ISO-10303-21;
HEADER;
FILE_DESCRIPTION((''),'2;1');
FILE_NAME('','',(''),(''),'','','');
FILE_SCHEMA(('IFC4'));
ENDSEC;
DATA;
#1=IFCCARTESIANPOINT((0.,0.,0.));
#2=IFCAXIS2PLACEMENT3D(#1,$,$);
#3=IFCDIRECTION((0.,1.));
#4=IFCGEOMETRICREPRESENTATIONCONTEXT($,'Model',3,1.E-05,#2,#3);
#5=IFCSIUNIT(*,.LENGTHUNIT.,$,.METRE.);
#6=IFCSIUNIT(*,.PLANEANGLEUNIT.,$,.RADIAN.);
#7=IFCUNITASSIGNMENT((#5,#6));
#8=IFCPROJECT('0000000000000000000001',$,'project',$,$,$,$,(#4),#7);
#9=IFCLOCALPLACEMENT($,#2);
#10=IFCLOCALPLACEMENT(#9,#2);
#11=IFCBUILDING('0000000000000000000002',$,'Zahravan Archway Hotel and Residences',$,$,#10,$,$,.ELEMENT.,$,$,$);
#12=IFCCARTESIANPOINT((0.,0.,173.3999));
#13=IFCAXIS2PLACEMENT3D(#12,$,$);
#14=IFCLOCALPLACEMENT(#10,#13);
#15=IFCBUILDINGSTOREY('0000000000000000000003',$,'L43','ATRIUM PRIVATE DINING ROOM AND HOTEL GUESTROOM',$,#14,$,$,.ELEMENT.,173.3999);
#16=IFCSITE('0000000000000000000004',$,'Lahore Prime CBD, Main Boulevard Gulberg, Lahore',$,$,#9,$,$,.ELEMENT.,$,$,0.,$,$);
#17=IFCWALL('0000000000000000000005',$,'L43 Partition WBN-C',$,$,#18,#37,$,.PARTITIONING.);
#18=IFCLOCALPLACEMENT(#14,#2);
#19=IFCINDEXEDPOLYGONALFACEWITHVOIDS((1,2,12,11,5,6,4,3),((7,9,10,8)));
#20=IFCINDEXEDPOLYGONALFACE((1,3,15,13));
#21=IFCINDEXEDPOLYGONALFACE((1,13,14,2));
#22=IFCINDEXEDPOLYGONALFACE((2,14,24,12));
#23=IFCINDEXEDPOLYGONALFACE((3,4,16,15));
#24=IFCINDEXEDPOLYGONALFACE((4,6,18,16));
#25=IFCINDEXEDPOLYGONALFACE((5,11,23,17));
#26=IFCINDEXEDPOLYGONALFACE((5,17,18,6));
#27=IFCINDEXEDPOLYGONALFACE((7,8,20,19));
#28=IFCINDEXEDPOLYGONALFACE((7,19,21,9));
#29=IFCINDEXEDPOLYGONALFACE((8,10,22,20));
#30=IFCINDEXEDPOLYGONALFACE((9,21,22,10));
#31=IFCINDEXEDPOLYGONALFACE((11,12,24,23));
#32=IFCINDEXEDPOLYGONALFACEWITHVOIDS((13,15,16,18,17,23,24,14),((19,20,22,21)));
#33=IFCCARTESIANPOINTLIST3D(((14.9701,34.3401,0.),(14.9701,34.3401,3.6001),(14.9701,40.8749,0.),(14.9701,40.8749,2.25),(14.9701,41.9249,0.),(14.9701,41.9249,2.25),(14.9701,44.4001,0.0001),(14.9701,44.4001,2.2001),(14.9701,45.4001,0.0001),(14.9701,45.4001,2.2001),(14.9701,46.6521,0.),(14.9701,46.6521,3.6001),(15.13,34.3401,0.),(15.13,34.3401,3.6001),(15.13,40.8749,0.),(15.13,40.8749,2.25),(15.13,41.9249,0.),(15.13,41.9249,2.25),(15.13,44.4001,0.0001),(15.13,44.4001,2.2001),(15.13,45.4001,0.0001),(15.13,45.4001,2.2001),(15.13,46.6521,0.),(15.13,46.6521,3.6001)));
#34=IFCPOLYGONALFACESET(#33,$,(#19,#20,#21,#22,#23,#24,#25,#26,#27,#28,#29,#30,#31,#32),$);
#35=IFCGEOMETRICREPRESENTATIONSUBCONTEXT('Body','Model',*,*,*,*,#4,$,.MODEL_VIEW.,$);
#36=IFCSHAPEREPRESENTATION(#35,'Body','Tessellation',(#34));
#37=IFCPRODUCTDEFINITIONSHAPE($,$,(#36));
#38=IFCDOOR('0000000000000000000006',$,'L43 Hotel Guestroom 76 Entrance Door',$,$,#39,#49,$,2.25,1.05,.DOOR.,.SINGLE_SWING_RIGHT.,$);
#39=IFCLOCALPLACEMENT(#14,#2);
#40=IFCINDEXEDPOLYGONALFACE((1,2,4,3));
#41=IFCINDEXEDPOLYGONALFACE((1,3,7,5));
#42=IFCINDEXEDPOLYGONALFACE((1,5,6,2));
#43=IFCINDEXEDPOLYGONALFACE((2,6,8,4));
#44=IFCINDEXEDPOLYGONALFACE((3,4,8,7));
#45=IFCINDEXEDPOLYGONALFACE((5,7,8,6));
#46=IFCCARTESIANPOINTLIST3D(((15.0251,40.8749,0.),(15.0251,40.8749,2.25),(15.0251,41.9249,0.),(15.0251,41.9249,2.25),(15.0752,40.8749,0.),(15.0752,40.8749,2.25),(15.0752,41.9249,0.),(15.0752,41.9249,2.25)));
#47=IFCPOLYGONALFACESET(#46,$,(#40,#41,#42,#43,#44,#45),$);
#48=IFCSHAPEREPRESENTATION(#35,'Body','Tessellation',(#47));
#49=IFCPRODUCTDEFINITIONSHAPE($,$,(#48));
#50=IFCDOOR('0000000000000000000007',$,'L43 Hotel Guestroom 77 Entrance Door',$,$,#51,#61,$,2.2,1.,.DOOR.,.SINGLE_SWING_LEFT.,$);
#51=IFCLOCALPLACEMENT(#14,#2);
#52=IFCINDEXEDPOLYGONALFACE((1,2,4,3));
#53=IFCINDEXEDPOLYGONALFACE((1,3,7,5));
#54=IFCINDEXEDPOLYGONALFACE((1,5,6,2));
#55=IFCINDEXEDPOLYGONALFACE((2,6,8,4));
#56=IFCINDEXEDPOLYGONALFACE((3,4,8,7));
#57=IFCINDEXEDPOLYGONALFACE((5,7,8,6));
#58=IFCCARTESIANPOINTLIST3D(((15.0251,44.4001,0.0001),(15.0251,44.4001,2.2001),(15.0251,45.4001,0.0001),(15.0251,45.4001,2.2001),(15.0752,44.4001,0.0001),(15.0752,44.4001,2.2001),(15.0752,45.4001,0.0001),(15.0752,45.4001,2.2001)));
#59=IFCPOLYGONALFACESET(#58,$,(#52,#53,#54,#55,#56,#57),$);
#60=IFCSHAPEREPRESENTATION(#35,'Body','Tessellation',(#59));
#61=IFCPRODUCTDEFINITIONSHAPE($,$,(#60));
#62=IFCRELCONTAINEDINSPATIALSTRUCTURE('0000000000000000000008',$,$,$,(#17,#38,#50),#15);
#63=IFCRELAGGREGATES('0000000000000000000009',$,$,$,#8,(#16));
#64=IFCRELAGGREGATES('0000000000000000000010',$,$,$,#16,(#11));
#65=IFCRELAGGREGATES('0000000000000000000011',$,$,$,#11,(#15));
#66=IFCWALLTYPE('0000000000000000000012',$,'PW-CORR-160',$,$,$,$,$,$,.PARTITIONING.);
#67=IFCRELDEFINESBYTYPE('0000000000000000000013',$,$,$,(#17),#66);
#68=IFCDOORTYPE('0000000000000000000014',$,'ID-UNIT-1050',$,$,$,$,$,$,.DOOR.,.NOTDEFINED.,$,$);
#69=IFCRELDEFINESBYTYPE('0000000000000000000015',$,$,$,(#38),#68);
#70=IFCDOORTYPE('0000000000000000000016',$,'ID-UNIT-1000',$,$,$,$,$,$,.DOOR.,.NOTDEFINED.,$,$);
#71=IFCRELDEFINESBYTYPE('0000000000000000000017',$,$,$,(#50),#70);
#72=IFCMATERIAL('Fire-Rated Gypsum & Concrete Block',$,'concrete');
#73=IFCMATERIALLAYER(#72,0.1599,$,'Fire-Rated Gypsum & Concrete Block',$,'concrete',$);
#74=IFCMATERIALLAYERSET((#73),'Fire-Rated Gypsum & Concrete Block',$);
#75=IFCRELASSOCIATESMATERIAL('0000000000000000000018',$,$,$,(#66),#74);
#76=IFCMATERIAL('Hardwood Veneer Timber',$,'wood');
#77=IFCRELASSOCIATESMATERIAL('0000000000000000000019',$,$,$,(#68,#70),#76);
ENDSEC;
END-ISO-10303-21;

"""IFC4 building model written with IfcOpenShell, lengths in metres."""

from ifc_helpers import new_model, si_unit, direction, frame, frame_2d, origin, place, context, subcontext, project, spatial, rectangle, extrude, source, transform, mapped, material, layer, layer_set, type_object, type_shapes, element, fill, save


model = new_model("IFC4")

# Units and contexts
model_context = context("Model", 3, precision=1e-05, world=origin(), true_north=direction((0.0, 1.0)))
body_context = subcontext(model_context, "Body", "Model", "MODEL_VIEW")
ifc_project = project(units=[si_unit("LENGTHUNIT", "METRE"), si_unit("PLANEANGLEUNIT", "RADIAN")], contexts=[model_context])

# Site, building, storey
site_placement = place(None, origin())
site = spatial("IfcSite", under=ifc_project, at=site_placement, Name="Lahore Prime CBD, Main Boulevard Gulberg, Lahore", CompositionType="ELEMENT", RefElevation=0.0)
building_placement = place(site_placement, origin())
building = spatial("IfcBuilding", under=site, at=building_placement, Name="Zahravan Archway Hotel and Residences", CompositionType="ELEMENT")
storey_placement = place(building_placement, frame((0.0, 0.0, 173.3999)))
storey = spatial("IfcBuildingStorey", under=building, at=storey_placement, Name="L43", Description="ATRIUM PRIVATE DINING ROOM AND HOTEL GUESTROOM", CompositionType="ELEMENT", Elevation=173.3999)

# Wall, openings, doors
ifc_material_1 = material(Name="Fire-Rated Gypsum & Concrete Block", Category="concrete")
ifc_layer_1 = layer(ifc_material_1, 0.1599, Name="Fire-Rated Gypsum & Concrete Block", Category="concrete")
ifc_layer_set_1 = layer_set([ifc_layer_1], Name="Fire-Rated Gypsum & Concrete Block")
wall_type = type_object("IfcWallType", Name="PW-CORR-160", PredefinedType="PARTITIONING", material=ifc_layer_set_1)
wall_placement = place(storey_placement, frame((15.05, 34.3401, 0.0), z_axis=(0.0, 0.0, 1.0), x_axis=(0.0, 1.0, 0.0)))
wall = element("IfcWall", 1, at=wall_placement, inside=storey, type_object=wall_type, Name="L43 Partition WBN-C", PredefinedType="PARTITIONING", context=body_context, shape_type="SweptSolid", body=[
    extrude(rectangle(XDim=12.312, YDim=0.1599, at=frame_2d((6.156, 0.0))), origin(), (0.0, 0.0, 1.0), 3.6001),
])
opening_1_placement = place(wall_placement, frame((6.5349, 0.0, 0.0)))
opening_1 = element("IfcOpeningElement", 2, at=opening_1_placement, cuts=wall, PredefinedType="OPENING", context=body_context, shape_type="SweptSolid", body=[
    extrude(rectangle(XDim=1.05, YDim=2.25, at=frame_2d((0.5249, 1.125))), frame((0.0, 0.0898, 0.0), z_axis=(0.0, -1.0, 0.0), x_axis=(1.0, 0.0, 0.0)), (0.0, 0.0, 1.0), 0.1799),
])
opening_2_placement = place(wall_placement, frame((10.0601, 0.0, 0.0)))
opening_2 = element("IfcOpeningElement", 3, at=opening_2_placement, cuts=wall, PredefinedType="OPENING", context=body_context, shape_type="SweptSolid", body=[
    extrude(rectangle(XDim=1.0, YDim=2.2, at=frame_2d((0.5, 1.1001))), frame((0.0, 0.0898, 0.0), z_axis=(0.0, -1.0, 0.0), x_axis=(1.0, 0.0, 0.0)), (0.0, 0.0, 1.0), 0.1799),
])
ifc_material_2 = material(Name="Hardwood Veneer Timber", Category="wood")
door_type_1 = type_object("IfcDoorType", Name="ID-UNIT-1050", OperationType="NOTDEFINED", PredefinedType="DOOR", material=ifc_material_2)
shared_shape_1 = source(origin(), body_context, "Body", "SweptSolid", [
    extrude(rectangle(XDim=1.05, YDim=2.25, at=frame_2d((0.5249, 1.125))), frame((0.0, 0.0249, 0.0), z_axis=(0.0, -1.0, 0.0), x_axis=(1.0, 0.0, 0.0)), (0.0, 0.0, 1.0), 0.05),
])
type_shapes(door_type_1, [shared_shape_1])
door_1_placement = place(opening_1_placement, origin())
door_1 = element("IfcDoor", 4, at=door_1_placement, inside=storey, type_object=door_type_1, Name="L43 Hotel Guestroom 76 Entrance Door", OperationType="SINGLE_SWING_RIGHT", OverallHeight=2.25, OverallWidth=1.05, PredefinedType="DOOR", context=body_context, shape_type="MappedRepresentation", body=[
    mapped(shared_shape_1, transform((0.0, 0.0, 0.0), scale=1.0)),
])
fill(opening_1, door_1)
door_type_2 = type_object("IfcDoorType", Name="ID-UNIT-1000", OperationType="NOTDEFINED", PredefinedType="DOOR", material=ifc_material_2)
shared_shape_2 = source(origin(), body_context, "Body", "SweptSolid", [
    extrude(rectangle(XDim=1.0, YDim=2.2, at=frame_2d((0.5, 1.1001))), frame((0.0, 0.0249, 0.0), z_axis=(0.0, -1.0, 0.0), x_axis=(1.0, 0.0, 0.0)), (0.0, 0.0, 1.0), 0.05),
])
type_shapes(door_type_2, [shared_shape_2])
door_2_placement = place(opening_2_placement, origin())
door_2 = element("IfcDoor", 5, at=door_2_placement, inside=storey, type_object=door_type_2, Name="L43 Hotel Guestroom 77 Entrance Door", OperationType="SINGLE_SWING_LEFT", OverallHeight=2.2, OverallWidth=1.0, PredefinedType="DOOR", context=body_context, shape_type="MappedRepresentation", body=[
    mapped(shared_shape_2, transform((0.0, 0.0, 0.0), scale=1.0)),
])
fill(opening_2, door_2)

save(model, "model.ifc")
